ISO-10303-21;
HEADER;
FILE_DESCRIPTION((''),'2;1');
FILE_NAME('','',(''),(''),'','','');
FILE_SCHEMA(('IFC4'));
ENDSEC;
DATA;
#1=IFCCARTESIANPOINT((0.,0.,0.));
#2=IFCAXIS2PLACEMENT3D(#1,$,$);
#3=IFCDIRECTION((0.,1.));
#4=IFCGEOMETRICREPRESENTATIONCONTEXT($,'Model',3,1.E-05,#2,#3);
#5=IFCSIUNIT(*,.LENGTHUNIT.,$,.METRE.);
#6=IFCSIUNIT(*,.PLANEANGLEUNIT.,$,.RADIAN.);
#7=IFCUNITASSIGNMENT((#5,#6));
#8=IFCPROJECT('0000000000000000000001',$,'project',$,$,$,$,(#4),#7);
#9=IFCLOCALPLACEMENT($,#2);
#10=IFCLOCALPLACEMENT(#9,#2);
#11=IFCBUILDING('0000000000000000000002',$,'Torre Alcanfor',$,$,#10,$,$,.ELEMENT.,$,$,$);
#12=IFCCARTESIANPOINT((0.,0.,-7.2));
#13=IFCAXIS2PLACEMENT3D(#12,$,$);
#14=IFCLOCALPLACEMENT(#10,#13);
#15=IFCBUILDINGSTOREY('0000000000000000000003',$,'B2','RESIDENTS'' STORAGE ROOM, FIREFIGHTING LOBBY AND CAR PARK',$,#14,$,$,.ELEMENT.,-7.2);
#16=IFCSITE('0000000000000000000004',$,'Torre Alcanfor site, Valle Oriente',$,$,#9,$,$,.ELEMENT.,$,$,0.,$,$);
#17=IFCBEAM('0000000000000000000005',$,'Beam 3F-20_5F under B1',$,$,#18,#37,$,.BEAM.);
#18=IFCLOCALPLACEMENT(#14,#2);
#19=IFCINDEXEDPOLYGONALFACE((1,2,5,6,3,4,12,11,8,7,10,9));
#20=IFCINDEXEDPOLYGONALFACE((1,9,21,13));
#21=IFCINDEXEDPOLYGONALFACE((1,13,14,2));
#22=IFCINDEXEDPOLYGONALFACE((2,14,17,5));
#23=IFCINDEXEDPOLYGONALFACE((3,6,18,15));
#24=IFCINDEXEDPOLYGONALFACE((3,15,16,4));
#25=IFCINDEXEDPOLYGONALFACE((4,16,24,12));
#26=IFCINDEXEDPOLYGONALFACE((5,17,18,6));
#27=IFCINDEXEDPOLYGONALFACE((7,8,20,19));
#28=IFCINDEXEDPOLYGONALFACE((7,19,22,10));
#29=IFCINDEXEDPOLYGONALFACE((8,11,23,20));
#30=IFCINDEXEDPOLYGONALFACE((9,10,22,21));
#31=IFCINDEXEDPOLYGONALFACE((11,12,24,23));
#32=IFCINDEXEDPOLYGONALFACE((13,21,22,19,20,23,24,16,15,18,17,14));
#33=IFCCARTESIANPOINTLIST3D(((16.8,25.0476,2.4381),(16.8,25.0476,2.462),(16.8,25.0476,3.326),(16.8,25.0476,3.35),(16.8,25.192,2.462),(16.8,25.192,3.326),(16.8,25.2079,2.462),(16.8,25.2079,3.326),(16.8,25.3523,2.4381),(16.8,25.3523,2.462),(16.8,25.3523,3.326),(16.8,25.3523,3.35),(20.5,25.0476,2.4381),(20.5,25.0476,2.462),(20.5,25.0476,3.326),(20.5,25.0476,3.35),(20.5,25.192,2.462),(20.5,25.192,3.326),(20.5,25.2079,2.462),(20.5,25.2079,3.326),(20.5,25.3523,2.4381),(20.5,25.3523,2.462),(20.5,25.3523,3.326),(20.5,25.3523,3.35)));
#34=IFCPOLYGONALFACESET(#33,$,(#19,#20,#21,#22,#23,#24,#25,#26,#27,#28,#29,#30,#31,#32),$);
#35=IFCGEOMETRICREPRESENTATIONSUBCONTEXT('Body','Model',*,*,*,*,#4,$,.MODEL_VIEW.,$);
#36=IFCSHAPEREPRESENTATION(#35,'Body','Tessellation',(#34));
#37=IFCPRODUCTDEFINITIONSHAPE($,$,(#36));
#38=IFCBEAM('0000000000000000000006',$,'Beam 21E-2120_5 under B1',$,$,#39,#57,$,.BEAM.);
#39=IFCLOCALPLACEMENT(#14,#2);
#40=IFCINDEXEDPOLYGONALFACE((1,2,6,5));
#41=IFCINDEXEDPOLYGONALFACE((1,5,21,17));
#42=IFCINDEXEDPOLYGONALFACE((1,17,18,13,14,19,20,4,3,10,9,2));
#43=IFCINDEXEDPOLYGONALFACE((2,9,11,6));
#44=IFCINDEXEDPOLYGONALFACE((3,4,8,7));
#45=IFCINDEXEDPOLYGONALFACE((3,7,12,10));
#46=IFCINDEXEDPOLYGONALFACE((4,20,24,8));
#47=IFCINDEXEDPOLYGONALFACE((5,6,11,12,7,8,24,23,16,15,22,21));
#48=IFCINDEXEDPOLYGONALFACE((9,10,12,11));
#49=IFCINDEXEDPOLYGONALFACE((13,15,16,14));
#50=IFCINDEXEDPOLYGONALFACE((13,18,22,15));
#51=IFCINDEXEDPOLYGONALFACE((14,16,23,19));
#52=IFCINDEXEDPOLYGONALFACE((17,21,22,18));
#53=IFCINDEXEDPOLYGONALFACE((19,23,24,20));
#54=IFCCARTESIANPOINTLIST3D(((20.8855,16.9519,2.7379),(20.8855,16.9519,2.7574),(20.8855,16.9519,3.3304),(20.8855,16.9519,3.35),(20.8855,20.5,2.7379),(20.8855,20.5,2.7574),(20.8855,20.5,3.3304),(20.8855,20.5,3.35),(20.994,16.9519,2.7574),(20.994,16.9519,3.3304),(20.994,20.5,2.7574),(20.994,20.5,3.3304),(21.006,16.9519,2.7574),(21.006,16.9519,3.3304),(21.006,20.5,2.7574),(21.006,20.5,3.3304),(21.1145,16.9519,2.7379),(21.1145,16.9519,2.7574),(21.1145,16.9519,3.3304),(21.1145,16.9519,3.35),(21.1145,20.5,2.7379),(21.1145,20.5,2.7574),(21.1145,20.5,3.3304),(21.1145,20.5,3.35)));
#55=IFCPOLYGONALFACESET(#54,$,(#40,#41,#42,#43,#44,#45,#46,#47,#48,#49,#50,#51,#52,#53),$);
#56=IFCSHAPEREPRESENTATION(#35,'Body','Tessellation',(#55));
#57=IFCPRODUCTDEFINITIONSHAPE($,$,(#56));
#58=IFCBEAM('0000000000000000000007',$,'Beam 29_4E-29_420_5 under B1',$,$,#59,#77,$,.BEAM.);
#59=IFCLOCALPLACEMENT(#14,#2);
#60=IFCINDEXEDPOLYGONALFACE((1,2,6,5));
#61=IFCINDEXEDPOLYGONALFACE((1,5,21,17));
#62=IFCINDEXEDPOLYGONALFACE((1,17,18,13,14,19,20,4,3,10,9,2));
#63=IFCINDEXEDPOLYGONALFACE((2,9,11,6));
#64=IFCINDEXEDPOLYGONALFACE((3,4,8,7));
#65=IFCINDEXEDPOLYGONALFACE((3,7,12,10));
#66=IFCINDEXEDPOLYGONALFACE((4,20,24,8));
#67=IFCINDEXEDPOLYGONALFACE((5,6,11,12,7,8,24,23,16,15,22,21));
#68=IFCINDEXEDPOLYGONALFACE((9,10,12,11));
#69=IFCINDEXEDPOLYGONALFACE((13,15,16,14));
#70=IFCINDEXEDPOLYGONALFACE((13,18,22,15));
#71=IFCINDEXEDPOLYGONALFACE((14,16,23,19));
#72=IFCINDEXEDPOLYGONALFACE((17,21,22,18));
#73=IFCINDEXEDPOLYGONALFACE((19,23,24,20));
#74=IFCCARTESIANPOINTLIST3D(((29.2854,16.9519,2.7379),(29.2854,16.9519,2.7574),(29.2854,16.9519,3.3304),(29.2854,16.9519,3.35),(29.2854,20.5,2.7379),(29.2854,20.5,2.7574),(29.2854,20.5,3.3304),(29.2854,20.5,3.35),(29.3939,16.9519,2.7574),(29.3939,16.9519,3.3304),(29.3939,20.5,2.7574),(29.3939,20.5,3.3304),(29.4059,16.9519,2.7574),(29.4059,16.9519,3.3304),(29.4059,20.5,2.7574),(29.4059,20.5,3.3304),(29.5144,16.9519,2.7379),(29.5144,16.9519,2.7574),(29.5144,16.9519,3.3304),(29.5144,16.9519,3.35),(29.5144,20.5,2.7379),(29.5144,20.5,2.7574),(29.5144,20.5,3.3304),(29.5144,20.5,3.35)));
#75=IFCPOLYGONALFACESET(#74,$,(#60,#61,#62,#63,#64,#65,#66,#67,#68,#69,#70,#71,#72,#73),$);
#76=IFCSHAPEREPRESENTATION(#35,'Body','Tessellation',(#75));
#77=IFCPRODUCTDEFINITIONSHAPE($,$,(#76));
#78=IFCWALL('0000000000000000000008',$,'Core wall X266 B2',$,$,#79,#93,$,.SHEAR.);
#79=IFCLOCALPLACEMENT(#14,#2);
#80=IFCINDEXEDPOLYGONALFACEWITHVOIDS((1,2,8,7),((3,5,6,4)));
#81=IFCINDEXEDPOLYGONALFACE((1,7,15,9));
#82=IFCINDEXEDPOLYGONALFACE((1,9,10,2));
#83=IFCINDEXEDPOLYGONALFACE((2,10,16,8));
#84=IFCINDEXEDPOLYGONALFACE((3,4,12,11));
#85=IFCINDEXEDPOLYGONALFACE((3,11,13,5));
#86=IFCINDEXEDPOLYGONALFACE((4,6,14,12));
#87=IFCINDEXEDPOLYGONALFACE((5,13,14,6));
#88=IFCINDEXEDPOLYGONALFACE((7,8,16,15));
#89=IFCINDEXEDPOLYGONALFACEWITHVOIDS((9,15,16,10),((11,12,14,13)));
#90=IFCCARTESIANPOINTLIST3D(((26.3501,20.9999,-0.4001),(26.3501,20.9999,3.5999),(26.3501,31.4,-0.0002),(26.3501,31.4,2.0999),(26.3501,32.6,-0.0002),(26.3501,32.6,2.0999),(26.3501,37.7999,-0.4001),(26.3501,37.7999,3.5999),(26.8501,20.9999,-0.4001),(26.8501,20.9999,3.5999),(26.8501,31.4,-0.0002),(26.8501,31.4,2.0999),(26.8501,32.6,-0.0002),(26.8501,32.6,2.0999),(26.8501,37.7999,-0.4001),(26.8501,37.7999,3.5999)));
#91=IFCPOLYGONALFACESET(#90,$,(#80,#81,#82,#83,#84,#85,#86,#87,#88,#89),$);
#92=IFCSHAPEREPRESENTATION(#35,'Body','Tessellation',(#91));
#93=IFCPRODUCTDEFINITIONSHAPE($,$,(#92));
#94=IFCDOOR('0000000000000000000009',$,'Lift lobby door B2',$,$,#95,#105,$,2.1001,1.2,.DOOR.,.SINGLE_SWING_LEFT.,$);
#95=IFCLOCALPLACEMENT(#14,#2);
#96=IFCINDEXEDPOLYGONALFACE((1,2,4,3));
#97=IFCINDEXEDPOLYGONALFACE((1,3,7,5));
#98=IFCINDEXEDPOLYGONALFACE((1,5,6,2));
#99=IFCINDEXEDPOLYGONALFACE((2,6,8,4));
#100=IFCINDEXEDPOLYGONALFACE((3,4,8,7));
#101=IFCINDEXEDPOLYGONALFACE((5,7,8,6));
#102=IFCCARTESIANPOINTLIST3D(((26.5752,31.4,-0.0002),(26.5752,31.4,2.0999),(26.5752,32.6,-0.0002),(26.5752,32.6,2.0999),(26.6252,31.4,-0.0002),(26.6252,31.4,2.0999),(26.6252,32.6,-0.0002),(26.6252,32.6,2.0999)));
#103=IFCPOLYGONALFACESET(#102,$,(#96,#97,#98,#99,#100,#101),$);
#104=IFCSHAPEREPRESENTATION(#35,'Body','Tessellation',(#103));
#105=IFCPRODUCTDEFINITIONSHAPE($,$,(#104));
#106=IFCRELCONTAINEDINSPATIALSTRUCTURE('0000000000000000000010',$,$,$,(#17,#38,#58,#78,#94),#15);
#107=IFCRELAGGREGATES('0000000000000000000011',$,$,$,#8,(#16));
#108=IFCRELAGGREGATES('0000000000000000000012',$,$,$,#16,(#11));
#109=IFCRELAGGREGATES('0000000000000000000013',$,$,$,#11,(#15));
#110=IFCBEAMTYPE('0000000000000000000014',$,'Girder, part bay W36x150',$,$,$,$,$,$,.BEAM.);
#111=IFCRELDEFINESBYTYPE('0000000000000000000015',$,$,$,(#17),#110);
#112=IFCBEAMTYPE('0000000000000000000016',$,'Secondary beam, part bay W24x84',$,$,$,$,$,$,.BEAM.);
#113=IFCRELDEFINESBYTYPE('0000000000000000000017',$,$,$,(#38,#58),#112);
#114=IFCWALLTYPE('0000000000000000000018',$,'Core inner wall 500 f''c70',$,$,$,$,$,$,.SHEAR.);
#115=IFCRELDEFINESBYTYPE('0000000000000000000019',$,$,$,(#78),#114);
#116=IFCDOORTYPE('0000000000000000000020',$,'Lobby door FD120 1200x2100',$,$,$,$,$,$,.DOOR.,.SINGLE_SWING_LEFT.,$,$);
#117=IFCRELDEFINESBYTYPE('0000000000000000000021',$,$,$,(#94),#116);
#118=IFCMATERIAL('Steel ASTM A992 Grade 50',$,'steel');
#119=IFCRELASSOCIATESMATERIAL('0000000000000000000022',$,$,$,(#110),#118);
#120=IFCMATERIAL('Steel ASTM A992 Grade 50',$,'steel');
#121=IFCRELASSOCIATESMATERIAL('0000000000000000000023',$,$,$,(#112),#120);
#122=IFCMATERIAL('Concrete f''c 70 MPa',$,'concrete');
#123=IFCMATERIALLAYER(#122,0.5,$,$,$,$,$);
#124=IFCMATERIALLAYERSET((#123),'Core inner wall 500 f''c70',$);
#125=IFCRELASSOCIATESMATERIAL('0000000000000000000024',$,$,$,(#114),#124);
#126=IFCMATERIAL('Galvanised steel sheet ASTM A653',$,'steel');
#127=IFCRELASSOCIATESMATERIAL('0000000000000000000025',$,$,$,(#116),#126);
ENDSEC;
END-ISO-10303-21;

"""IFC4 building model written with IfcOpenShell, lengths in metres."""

from ifc_helpers import new_model, si_unit, direction, frame, frame_2d, origin, origin_2d, place, context, subcontext, project, spatial, rectangle, i_section, extrude, material, layer, layer_set, material_profile, profile_set, type_object, element, fill, save


model = new_model("IFC4")

# Units and contexts
model_context = context("Model", 3, precision=1e-05, world=origin(), true_north=direction((0.0, 1.0)))
body_context = subcontext(model_context, "Body", "Model", "MODEL_VIEW")
ifc_project = project(units=[si_unit("LENGTHUNIT", "METRE"), si_unit("PLANEANGLEUNIT", "RADIAN")], contexts=[model_context])

# Site, building, storey
site_placement = place(None, origin())
site = spatial("IfcSite", under=ifc_project, at=site_placement, Name="Torre Alcanfor site, Valle Oriente", CompositionType="ELEMENT", RefElevation=0.0)
building_placement = place(site_placement, origin())
building = spatial("IfcBuilding", under=site, at=building_placement, Name="Torre Alcanfor", CompositionType="ELEMENT")
storey_placement = place(building_placement, frame((0.0, 0.0, -7.2)))
storey = spatial("IfcBuildingStorey", under=building, at=storey_placement, Name="B2", Description="RESIDENTS' STORAGE ROOM, FIREFIGHTING LOBBY AND CAR PARK", CompositionType="ELEMENT", Elevation=-7.2)

# Beams
ifc_material_1 = material(Name="Steel ASTM A992 Grade 50", Category="steel")
ifc_material_profile_1 = material_profile(ifc_material_1, i_section(OverallWidth=0.3047, OverallDepth=0.9119, WebThickness=0.0159, FlangeThickness=0.0239, at=origin_2d()), Name="W36x150")
ifc_profile_set_1 = profile_set([ifc_material_profile_1], Name="Steel ASTM A992 Grade 50")
beam_type_1 = type_object("IfcBeamType", Name="Girder, part bay W36x150", PredefinedType="BEAM", material=ifc_profile_set_1)
for number, where, z_axis, x_axis, name in (
    (1, (16.8, 25.2, 2.894), (1.0, 0.0, 0.0), (0.0, 1.0, 0.0), "Beam 3F-20_5F under B1"),
):
    element("IfcBeam", number, at=place(storey_placement, frame(where, z_axis=z_axis, x_axis=x_axis)), inside=storey, type_object=beam_type_1, Name=name, PredefinedType="BEAM", context=body_context, shape_type="SweptSolid", body=[
        extrude(i_section(OverallWidth=0.3047, OverallDepth=0.9119, WebThickness=0.0159, FlangeThickness=0.0239, at=origin_2d()), origin(), (0.0, 0.0, 1.0), 3.7),
    ])
ifc_material_2 = material(Name="Steel ASTM A992 Grade 50", Category="steel")
ifc_material_profile_2 = material_profile(ifc_material_2, i_section(OverallWidth=0.229, OverallDepth=0.6121, WebThickness=0.012, FlangeThickness=0.0195, at=origin_2d()), Name="W24x84")
ifc_profile_set_2 = profile_set([ifc_material_profile_2], Name="Steel ASTM A992 Grade 50")
beam_type_2 = type_object("IfcBeamType", Name="Secondary beam, part bay W24x84", PredefinedType="BEAM", material=ifc_profile_set_2)
for number, where, z_axis, x_axis, name in (
    (2, (21.0, 16.9519, 3.0439), (0.0, 1.0, 0.0), (-1.0, 0.0, 0.0), "Beam 21E-2120_5 under B1"),
    (3, (29.3999, 16.9519, 3.0439), (0.0, 1.0, 0.0), (-1.0, 0.0, 0.0), "Beam 29_4E-29_420_5 under B1"),
):
    element("IfcBeam", number, at=place(storey_placement, frame(where, z_axis=z_axis, x_axis=x_axis)), inside=storey, type_object=beam_type_2, Name=name, PredefinedType="BEAM", context=body_context, shape_type="SweptSolid", body=[
        extrude(i_section(OverallWidth=0.229, OverallDepth=0.6121, WebThickness=0.012, FlangeThickness=0.0195, at=origin_2d()), origin(), (0.0, 0.0, 1.0), 3.5481),
    ])

# Wall, opening, door
ifc_material_3 = material(Name="Concrete f'c 70 MPa", Category="concrete")
ifc_layer_1 = layer(ifc_material_3, 0.5)
ifc_layer_set_1 = layer_set([ifc_layer_1], Name="Core inner wall 500 f'c70")
wall_type_1 = type_object("IfcWallType", Name="Core inner wall 500 f'c70", PredefinedType="SHEAR", material=ifc_layer_set_1)
wall_1_placement = place(storey_placement, frame((26.6001, 21.0, -0.4001), z_axis=(0.0, 0.0, 1.0), x_axis=(0.0, 1.0, 0.0)))
wall_1 = element("IfcWall", 4, at=wall_1_placement, inside=storey, type_object=wall_type_1, Name="Core wall X266 B2", PredefinedType="SHEAR", context=body_context, shape_type="SweptSolid", body=[
    extrude(rectangle(XDim=16.8, YDim=0.5, at=frame_2d((8.3999, 0.0))), origin(), (0.0, 0.0, 1.0), 4.0),
])
opening_1_placement = place(wall_1_placement, frame((10.3999, 0.0, 0.3999)))
opening_1 = element("IfcOpeningElement", 5, at=opening_1_placement, cuts=wall_1, PredefinedType="OPENING", context=body_context, shape_type="SweptSolid", body=[
    extrude(rectangle(XDim=1.2, YDim=2.1001, at=frame_2d((0.6001, 1.05))), frame((0.0, 0.26, 0.0), z_axis=(0.0, -1.0, 0.0), x_axis=(1.0, 0.0, 0.0)), (0.0, 0.0, 1.0), 0.52),
])
ifc_material_4 = material(Name="Galvanised steel sheet ASTM A653", Category="steel")
door_type_1 = type_object("IfcDoorType", Name="Lobby door FD120 1200x2100", OperationType="SINGLE_SWING_LEFT", PredefinedType="DOOR", material=ifc_material_4)
door_1_placement = place(opening_1_placement, origin())
door_1 = element("IfcDoor", 6, at=door_1_placement, inside=storey, type_object=door_type_1, Name="Lift lobby door B2", OperationType="SINGLE_SWING_LEFT", OverallHeight=2.1001, OverallWidth=1.2, PredefinedType="DOOR", context=body_context, shape_type="SweptSolid", body=[
    extrude(rectangle(XDim=1.2, YDim=2.1001, at=frame_2d((0.6001, 1.05))), frame((0.0, 0.0249, 0.0), z_axis=(0.0, -1.0, 0.0), x_axis=(1.0, 0.0, 0.0)), (0.0, 0.0, 1.0), 0.05),
])
fill(opening_1, door_1)

save(model, "model.ifc")
